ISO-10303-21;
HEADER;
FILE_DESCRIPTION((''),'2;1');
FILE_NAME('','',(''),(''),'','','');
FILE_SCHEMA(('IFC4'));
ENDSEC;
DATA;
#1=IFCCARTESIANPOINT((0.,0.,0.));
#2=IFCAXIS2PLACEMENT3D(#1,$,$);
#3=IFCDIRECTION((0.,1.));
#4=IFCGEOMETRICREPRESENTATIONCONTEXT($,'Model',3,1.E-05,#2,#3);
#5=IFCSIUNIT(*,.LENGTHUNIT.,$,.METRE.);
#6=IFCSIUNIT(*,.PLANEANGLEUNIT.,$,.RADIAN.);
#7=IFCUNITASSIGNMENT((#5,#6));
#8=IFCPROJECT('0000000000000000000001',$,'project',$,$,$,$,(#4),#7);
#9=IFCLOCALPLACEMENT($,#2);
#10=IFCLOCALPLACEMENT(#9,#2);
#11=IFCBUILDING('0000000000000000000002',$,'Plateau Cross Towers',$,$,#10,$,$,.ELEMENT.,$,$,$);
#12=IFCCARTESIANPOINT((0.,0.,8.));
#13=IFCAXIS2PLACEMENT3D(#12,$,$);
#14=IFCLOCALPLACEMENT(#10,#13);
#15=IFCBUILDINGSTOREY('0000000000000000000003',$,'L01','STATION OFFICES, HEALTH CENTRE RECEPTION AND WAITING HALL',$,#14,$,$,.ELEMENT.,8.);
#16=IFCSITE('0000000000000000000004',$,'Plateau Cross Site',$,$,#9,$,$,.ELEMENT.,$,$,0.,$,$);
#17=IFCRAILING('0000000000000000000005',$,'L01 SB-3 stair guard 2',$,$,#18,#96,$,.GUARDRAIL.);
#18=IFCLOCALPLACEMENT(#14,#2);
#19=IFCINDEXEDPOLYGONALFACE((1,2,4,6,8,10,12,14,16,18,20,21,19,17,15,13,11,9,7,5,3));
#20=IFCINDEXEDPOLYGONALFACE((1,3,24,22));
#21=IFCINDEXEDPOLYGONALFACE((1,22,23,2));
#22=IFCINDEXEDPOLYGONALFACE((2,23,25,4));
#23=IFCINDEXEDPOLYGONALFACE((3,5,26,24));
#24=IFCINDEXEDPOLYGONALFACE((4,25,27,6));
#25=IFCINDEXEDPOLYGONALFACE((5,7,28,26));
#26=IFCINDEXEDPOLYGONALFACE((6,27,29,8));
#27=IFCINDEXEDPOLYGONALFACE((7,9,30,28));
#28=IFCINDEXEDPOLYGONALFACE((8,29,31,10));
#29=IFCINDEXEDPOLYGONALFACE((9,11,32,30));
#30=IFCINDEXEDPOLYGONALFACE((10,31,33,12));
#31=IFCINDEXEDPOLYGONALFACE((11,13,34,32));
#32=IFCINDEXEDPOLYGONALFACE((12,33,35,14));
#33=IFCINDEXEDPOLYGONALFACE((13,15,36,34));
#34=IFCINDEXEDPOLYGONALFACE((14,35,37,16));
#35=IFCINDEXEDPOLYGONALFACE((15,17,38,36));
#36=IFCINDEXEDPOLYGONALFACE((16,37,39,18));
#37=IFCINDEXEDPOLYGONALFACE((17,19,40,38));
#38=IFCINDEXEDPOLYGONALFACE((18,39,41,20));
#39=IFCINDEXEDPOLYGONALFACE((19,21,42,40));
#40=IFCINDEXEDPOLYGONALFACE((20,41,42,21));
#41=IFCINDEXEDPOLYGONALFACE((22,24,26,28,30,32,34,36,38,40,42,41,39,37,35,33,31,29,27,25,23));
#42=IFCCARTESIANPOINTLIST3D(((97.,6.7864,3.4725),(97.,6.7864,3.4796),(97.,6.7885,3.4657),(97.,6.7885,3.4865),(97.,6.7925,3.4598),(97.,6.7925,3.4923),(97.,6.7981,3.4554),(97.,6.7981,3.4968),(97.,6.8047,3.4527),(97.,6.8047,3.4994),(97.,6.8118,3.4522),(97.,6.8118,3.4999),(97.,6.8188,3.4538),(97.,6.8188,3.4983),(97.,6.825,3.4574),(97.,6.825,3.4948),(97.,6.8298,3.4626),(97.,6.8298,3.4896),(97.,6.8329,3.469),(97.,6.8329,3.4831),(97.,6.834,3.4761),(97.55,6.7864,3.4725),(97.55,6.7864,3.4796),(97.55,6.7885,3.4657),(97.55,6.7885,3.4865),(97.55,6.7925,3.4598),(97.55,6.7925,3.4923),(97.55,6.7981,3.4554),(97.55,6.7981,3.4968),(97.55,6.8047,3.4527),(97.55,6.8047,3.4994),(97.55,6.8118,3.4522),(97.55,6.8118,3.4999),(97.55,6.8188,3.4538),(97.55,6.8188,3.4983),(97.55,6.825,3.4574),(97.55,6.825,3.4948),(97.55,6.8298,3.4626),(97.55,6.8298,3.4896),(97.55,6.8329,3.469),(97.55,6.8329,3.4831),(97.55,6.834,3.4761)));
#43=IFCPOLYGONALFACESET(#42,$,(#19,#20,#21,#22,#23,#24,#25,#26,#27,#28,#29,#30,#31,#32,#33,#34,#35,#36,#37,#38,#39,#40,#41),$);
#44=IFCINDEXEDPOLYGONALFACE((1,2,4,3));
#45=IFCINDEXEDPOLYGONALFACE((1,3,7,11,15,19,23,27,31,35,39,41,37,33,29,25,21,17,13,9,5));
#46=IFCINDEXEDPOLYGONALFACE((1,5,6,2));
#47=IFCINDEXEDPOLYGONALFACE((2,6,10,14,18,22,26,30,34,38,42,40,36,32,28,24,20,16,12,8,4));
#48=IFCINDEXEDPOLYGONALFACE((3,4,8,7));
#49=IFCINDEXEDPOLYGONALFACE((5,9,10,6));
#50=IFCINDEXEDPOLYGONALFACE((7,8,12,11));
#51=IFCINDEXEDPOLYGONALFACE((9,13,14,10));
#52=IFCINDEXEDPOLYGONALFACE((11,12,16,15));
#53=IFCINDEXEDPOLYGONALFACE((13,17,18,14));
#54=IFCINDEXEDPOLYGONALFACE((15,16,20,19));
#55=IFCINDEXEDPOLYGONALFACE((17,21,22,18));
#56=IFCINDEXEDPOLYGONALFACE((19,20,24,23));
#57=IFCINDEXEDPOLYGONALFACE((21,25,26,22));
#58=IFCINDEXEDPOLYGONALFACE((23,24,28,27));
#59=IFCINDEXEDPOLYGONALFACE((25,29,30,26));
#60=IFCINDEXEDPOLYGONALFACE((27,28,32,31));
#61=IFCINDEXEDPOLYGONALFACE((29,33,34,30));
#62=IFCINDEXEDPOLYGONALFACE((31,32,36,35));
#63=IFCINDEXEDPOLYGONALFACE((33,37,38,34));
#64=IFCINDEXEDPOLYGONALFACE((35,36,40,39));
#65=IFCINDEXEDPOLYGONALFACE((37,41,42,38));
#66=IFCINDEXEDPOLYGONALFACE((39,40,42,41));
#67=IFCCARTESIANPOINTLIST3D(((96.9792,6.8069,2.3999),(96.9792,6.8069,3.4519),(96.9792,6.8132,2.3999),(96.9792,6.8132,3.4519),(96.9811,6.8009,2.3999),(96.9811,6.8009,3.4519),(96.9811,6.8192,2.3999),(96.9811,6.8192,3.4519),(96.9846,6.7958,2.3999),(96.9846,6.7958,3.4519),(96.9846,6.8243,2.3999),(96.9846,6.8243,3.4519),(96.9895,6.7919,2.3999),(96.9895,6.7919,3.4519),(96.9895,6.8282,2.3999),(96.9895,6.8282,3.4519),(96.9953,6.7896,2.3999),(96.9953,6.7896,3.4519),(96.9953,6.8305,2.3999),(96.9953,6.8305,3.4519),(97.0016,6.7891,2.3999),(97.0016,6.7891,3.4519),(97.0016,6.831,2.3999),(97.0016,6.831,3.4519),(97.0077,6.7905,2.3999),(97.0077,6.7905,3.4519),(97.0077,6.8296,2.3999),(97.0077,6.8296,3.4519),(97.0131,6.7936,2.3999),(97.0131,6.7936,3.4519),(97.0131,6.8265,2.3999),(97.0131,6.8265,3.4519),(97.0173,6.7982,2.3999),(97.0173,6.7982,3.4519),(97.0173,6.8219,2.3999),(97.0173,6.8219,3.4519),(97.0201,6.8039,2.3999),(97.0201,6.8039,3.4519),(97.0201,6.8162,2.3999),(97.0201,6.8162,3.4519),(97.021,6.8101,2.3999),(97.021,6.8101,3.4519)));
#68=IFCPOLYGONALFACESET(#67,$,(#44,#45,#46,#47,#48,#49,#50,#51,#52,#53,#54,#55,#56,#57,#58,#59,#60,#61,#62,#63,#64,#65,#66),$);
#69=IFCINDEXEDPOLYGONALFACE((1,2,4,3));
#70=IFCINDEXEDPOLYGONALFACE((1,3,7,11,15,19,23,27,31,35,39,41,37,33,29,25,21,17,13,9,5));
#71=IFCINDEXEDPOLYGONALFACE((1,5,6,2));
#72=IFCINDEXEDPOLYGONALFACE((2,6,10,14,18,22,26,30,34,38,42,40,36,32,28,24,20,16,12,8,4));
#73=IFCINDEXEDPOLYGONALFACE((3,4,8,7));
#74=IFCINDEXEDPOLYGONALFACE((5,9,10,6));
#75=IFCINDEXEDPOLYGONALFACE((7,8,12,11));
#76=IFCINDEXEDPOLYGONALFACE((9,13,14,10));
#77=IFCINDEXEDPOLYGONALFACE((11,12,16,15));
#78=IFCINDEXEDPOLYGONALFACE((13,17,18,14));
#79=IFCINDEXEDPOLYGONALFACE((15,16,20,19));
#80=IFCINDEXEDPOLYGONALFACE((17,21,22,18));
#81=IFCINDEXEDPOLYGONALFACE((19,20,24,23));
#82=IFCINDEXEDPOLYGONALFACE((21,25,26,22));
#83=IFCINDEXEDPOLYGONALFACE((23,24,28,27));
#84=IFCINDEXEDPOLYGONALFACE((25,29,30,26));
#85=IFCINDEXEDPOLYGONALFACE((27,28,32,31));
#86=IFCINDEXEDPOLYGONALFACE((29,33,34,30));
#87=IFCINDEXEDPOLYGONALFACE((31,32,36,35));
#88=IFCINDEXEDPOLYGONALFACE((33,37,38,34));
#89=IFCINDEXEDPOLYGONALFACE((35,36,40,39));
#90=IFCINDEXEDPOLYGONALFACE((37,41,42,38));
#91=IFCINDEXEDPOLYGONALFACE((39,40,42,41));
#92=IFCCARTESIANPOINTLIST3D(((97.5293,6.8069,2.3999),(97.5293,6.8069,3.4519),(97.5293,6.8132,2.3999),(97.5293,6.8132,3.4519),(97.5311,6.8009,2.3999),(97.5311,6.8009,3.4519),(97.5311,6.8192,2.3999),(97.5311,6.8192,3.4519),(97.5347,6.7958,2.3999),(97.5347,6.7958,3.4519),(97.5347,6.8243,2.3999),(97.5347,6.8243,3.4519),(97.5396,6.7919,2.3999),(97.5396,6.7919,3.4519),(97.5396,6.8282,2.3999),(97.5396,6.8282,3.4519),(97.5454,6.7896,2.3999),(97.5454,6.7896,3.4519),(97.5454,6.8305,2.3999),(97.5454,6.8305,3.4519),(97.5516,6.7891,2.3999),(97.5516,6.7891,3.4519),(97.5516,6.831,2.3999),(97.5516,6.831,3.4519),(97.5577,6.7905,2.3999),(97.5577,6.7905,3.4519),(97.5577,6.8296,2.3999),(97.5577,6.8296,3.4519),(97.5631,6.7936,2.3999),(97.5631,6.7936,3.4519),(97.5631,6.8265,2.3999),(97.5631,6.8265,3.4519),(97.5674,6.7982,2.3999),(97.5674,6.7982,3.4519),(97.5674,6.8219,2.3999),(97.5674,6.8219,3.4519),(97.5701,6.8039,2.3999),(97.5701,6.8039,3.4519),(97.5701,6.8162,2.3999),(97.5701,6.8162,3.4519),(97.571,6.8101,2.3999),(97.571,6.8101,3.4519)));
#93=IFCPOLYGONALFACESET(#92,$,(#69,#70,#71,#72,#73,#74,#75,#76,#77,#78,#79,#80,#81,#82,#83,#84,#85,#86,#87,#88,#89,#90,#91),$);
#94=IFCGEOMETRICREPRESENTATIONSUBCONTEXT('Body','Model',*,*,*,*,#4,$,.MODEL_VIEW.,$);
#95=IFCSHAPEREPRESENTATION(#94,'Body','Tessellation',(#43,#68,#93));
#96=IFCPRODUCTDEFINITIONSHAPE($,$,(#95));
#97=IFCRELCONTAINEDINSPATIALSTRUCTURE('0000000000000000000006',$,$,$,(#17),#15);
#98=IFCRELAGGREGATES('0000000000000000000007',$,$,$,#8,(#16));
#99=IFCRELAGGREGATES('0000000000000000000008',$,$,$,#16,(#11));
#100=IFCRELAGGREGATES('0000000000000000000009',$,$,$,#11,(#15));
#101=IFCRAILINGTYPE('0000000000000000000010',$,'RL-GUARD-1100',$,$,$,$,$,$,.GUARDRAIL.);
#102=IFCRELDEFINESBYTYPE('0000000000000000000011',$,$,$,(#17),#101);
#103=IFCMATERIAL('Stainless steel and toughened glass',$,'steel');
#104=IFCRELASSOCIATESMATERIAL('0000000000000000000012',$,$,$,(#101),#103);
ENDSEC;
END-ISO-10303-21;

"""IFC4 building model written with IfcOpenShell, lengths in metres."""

from ifc_helpers import new_model, si_unit, direction, frame, origin, origin_2d, place, context, subcontext, project, spatial, circle, extrude, material, type_object, element, save


model = new_model("IFC4")

# Units and contexts
model_context = context("Model", 3, precision=1e-05, world=origin(), true_north=direction((0.0, 1.0)))
body_context = subcontext(model_context, "Body", "Model", "MODEL_VIEW")
ifc_project = project(units=[si_unit("LENGTHUNIT", "METRE"), si_unit("PLANEANGLEUNIT", "RADIAN")], contexts=[model_context])

# Site, building, storey
site_placement = place(None, origin())
site = spatial("IfcSite", under=ifc_project, at=site_placement, Name="Plateau Cross Site", CompositionType="ELEMENT", RefElevation=0.0)
building_placement = place(site_placement, origin())
building = spatial("IfcBuilding", under=site, at=building_placement, Name="Plateau Cross Towers", CompositionType="ELEMENT")
storey_placement = place(building_placement, frame((0.0, 0.0, 8.0)))
storey = spatial("IfcBuildingStorey", under=building, at=storey_placement, Name="L01", Description="STATION OFFICES, HEALTH CENTRE RECEPTION AND WAITING HALL", CompositionType="ELEMENT", Elevation=8.0)

# Railing
ifc_material_1 = material(Name="Stainless steel and toughened glass", Category="steel")
railing_type_1 = type_object("IfcRailingType", Name="RL-GUARD-1100", PredefinedType="GUARDRAIL", material=ifc_material_1)
railing_1_placement = place(storey_placement, frame((97.0, 6.8101, 2.3999)))
element("IfcRailing", 1, at=railing_1_placement, inside=storey, type_object=railing_type_1, Name="L01 SB-3 stair guard 2", PredefinedType="GUARDRAIL", context=body_context, shape_type="SweptSolid", body=[
    extrude(circle(Radius=0.0239, at=origin_2d()), frame((0.0, 0.0, 1.0762), z_axis=(1.0, 0.0, 0.0), x_axis=(0.0, 1.0, 0.0)), (0.0, 0.0, 1.0), 0.55),
    extrude(circle(Radius=0.021, at=origin_2d()), origin(), (0.0, 0.0, 1.0), 1.052),
    extrude(circle(Radius=0.021, at=origin_2d()), frame((0.55, 0.0, 0.0)), (0.0, 0.0, 1.0), 1.052),
])

save(model, "model.ifc")
